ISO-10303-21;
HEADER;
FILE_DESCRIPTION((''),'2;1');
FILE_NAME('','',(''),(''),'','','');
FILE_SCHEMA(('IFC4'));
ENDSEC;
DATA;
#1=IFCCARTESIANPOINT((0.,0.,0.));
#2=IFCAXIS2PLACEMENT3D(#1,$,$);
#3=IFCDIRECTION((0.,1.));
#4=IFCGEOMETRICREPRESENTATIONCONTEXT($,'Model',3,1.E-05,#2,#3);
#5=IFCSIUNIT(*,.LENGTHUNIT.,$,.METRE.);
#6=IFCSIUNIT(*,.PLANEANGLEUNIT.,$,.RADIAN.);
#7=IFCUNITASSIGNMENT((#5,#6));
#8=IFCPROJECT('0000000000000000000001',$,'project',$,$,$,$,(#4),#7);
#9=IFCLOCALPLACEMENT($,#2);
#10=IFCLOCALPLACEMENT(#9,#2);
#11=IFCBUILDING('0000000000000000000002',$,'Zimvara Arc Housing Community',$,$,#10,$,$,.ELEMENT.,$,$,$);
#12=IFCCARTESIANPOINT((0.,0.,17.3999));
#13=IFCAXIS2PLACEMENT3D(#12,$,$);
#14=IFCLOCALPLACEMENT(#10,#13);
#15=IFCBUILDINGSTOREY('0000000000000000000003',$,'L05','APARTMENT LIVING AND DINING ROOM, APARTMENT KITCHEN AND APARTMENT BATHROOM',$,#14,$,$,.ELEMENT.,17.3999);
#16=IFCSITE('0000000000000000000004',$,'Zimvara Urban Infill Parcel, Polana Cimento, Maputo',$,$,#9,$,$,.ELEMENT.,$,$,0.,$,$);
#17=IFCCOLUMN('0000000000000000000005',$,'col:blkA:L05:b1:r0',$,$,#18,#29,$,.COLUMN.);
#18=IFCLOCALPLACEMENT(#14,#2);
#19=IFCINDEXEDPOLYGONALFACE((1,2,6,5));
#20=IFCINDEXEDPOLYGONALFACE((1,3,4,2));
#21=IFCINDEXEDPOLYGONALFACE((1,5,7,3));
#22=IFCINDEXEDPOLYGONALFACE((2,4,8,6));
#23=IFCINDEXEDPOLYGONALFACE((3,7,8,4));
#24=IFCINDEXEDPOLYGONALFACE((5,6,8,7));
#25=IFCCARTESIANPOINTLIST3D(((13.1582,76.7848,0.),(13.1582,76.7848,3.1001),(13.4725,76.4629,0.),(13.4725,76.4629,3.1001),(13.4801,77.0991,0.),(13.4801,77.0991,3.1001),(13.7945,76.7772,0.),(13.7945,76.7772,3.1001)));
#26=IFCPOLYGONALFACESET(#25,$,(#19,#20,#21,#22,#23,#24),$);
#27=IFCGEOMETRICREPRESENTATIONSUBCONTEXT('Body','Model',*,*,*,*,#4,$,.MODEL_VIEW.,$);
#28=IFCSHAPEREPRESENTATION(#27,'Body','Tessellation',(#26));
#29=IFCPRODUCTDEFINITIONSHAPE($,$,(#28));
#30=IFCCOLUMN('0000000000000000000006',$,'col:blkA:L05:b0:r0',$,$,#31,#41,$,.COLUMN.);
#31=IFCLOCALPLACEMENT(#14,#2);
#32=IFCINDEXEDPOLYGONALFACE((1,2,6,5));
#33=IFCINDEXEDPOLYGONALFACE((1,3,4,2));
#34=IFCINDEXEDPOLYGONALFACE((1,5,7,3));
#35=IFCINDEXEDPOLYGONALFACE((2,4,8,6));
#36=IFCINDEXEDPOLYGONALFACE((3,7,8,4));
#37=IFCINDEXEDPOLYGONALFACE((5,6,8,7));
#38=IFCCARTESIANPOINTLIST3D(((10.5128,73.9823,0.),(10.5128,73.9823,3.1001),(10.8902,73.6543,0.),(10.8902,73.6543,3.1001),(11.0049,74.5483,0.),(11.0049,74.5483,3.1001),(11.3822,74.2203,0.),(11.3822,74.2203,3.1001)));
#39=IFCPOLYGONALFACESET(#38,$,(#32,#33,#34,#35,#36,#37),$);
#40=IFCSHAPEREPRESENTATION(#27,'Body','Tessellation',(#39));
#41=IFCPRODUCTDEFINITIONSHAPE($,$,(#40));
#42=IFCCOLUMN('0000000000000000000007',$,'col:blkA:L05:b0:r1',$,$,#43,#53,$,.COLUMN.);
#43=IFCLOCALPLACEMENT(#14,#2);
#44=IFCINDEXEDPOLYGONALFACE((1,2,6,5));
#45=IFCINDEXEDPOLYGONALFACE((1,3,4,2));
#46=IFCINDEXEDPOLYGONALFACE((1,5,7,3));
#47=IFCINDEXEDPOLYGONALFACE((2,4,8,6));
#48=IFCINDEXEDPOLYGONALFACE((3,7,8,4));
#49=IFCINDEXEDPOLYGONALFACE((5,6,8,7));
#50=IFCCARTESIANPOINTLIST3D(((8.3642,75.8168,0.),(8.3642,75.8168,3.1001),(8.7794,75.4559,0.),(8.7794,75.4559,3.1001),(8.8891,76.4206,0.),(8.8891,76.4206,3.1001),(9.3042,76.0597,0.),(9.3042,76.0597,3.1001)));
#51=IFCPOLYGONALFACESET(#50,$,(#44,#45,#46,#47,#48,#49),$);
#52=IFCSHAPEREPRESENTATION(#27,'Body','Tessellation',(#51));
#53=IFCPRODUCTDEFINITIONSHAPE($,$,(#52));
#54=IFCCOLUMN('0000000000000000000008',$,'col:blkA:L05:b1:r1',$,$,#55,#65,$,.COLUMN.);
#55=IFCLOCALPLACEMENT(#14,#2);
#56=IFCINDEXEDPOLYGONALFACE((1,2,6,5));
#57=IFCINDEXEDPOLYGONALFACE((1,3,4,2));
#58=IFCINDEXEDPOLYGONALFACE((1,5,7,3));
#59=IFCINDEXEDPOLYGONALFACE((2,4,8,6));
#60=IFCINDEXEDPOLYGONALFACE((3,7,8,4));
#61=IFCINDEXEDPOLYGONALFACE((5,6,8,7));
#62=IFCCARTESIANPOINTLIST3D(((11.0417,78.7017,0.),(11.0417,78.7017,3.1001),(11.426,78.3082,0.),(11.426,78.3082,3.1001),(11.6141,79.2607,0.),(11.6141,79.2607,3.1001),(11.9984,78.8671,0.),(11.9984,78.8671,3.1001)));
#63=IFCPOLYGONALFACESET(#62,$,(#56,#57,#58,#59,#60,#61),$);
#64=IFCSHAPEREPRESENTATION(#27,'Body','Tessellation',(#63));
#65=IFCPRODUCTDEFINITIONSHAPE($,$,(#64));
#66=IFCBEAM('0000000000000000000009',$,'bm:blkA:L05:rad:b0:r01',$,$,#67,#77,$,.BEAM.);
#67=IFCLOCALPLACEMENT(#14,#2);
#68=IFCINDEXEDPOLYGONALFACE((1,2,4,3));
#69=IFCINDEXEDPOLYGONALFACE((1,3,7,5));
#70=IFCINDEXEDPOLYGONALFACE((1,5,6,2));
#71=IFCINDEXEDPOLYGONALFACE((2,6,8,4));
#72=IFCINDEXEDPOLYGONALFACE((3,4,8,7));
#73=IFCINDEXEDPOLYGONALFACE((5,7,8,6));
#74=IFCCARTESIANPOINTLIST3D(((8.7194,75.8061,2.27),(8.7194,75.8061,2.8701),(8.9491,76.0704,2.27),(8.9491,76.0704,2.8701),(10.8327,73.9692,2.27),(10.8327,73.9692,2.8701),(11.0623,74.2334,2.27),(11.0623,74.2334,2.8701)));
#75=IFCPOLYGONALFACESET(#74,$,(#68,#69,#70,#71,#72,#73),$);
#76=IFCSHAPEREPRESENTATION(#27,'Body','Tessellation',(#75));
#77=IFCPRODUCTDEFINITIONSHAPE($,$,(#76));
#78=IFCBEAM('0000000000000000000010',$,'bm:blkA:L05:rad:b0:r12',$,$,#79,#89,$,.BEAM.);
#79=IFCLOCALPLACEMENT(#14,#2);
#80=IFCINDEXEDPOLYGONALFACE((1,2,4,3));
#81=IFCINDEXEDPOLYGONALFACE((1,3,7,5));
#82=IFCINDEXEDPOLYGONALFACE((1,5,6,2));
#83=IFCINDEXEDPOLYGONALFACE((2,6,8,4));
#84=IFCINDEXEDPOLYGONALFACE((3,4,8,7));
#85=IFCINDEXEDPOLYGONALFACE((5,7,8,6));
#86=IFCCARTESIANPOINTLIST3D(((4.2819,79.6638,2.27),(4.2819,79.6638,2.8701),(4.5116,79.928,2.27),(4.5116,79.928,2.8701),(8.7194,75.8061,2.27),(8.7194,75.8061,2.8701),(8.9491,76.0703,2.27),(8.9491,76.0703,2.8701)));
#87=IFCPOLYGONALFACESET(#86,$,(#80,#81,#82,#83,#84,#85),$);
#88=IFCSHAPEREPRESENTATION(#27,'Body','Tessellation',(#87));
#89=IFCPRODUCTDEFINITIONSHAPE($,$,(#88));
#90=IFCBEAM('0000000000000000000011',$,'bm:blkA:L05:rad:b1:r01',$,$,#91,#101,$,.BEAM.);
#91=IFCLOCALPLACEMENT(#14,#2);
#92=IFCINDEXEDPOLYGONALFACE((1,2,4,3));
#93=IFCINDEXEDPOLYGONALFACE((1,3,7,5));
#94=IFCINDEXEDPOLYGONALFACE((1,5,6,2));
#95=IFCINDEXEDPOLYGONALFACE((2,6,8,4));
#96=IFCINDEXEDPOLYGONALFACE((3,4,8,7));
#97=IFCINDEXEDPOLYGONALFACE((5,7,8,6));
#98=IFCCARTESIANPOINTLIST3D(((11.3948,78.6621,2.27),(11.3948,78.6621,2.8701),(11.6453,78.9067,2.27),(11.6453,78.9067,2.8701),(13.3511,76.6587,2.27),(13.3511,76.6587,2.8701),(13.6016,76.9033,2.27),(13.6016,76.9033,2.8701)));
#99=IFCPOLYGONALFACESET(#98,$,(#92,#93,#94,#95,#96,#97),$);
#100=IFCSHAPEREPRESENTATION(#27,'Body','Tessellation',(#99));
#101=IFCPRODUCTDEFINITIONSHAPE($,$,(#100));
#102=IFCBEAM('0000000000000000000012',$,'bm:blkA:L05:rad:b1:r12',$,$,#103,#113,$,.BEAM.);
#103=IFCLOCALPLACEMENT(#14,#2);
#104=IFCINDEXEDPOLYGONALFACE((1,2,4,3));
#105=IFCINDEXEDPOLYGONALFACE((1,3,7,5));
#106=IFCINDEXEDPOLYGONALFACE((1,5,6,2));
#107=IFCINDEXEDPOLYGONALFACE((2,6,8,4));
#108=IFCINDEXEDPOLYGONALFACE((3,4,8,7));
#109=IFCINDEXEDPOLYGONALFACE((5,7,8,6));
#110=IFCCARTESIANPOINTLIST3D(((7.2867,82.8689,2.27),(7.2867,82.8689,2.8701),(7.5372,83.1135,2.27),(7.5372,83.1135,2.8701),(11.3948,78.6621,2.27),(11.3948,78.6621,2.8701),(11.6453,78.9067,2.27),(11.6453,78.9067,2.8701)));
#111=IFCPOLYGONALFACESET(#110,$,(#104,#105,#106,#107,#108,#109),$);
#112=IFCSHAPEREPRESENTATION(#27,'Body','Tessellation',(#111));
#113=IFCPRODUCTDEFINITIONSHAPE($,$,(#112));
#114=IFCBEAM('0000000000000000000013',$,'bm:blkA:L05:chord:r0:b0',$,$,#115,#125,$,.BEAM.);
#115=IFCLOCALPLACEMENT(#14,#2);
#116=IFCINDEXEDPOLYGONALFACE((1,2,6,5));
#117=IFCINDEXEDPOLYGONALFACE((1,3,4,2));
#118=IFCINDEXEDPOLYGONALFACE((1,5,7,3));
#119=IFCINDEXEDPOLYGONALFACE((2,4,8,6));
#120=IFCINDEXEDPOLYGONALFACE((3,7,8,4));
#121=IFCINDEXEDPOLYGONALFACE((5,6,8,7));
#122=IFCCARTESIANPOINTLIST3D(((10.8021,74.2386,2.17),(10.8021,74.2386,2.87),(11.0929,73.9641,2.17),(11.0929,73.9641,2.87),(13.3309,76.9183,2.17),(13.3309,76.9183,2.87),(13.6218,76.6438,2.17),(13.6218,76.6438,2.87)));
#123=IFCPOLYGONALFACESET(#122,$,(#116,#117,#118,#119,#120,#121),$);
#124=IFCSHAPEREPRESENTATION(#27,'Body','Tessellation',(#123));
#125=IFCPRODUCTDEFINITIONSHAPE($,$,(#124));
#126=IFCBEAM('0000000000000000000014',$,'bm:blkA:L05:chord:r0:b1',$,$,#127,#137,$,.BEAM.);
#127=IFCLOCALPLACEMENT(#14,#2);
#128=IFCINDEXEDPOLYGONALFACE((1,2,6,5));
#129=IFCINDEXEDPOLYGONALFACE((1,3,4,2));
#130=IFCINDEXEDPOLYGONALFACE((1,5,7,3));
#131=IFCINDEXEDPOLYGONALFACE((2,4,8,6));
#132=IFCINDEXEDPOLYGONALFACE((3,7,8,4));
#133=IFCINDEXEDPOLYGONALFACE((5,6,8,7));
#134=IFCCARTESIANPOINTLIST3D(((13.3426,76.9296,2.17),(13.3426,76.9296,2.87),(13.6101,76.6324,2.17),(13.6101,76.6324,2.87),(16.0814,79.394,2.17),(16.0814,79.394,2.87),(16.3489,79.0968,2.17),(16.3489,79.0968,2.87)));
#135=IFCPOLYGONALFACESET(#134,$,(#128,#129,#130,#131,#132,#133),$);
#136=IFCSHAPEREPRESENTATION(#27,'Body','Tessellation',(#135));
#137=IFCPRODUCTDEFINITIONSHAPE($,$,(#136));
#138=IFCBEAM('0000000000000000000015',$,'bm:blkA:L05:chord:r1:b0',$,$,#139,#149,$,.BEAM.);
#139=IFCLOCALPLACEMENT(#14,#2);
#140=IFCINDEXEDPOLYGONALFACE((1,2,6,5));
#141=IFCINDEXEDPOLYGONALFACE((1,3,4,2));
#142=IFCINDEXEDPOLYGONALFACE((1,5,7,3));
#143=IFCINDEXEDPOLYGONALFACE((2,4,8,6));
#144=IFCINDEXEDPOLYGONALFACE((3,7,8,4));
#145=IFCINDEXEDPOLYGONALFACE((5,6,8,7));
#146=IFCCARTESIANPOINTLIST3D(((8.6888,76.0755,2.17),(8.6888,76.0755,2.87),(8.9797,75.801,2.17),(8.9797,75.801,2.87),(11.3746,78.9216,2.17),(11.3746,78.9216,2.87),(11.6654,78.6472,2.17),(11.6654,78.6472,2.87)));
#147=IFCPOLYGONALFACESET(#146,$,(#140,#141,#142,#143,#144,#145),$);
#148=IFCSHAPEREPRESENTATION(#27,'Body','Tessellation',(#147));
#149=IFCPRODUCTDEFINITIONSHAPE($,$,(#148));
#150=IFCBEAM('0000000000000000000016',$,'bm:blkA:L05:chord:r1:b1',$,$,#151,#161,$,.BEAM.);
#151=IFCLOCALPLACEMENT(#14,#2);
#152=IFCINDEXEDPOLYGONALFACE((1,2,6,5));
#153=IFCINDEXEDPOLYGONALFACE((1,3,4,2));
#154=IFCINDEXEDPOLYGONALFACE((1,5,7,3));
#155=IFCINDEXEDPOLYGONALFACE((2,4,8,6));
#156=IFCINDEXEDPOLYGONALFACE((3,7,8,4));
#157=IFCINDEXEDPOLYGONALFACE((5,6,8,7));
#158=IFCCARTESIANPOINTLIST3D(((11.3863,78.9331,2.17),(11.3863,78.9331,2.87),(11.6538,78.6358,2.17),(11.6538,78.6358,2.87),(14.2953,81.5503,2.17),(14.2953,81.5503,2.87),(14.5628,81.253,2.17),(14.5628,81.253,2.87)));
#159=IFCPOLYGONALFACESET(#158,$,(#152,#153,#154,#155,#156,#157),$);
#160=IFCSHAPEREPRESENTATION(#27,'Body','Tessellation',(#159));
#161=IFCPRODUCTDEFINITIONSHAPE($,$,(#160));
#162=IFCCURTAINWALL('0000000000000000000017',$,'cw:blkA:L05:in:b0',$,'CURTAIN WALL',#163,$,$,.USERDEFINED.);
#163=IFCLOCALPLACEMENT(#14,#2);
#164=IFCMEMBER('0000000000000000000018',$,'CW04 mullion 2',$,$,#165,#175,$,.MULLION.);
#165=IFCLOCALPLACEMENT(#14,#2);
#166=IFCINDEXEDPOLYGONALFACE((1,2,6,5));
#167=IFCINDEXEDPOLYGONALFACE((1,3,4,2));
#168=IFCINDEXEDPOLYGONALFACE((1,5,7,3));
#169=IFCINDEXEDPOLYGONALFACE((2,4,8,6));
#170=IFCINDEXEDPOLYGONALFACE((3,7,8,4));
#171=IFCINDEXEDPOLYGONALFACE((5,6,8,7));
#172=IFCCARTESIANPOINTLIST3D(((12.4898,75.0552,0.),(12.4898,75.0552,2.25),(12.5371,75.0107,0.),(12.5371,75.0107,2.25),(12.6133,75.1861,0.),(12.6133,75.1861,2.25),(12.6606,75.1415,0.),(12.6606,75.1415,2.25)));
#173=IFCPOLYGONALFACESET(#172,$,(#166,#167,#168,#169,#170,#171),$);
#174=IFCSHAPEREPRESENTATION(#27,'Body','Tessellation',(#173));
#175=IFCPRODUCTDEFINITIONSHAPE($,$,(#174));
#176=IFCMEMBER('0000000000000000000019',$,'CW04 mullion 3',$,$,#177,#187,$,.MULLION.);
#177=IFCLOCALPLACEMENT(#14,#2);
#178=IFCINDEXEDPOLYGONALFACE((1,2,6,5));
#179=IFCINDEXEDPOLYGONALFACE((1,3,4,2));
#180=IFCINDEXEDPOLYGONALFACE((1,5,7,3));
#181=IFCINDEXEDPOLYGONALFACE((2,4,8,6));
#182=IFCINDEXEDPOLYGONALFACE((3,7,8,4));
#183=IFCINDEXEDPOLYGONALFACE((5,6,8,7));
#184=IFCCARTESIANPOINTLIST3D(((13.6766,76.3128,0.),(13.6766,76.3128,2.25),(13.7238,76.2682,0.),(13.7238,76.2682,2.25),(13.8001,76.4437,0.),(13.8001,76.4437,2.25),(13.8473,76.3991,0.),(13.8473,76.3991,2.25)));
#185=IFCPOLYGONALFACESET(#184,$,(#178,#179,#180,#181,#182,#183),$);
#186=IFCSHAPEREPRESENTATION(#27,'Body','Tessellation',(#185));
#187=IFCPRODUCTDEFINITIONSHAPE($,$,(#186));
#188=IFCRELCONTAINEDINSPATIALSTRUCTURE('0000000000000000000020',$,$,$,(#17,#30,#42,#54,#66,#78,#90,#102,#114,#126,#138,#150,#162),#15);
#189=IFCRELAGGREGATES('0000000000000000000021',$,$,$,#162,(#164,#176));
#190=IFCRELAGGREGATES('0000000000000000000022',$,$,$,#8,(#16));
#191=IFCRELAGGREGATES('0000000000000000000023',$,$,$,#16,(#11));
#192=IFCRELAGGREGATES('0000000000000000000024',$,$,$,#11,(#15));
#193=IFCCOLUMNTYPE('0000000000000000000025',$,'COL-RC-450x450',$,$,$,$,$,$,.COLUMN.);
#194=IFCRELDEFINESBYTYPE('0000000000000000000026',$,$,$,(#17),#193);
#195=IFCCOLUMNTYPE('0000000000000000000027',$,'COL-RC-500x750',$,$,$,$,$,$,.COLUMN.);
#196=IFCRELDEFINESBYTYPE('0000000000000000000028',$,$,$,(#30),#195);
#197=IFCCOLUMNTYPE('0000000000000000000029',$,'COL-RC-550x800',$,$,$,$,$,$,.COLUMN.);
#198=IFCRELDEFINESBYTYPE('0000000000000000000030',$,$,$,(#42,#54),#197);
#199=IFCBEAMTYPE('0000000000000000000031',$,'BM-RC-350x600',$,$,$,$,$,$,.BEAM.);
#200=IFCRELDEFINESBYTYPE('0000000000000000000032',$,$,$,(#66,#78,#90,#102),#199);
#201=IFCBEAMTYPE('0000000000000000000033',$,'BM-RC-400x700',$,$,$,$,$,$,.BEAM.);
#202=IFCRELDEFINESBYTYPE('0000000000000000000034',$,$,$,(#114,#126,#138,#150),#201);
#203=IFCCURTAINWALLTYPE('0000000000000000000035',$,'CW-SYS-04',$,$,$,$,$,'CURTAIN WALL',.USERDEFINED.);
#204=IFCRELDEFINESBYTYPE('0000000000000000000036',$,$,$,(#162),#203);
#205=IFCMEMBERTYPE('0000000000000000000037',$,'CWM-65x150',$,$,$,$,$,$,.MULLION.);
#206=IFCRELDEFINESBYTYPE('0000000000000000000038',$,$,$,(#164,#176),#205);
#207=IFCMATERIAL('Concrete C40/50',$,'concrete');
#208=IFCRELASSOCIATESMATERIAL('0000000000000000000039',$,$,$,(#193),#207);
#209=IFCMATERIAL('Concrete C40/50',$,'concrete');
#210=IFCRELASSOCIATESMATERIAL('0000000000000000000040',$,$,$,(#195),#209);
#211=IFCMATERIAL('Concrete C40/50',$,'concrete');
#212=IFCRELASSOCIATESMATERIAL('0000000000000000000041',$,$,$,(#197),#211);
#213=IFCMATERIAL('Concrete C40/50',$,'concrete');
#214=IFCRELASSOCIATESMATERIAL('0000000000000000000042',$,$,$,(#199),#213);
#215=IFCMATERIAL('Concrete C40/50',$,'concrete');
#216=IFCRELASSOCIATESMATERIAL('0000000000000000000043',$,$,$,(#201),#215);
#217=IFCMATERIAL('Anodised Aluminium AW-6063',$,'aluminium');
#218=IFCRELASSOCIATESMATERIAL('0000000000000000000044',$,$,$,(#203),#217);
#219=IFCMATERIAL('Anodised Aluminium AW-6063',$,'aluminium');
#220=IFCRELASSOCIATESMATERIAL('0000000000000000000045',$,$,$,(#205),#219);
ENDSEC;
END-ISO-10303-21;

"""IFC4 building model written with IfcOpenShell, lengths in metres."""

from ifc_helpers import new_model, si_unit, direction, frame, origin, origin_2d, place, context, subcontext, project, spatial, rectangle, extrude, material, material_profile, profile_set, type_object, element, aggregate, save


model = new_model("IFC4")

# Units and contexts
model_context = context("Model", 3, precision=1e-05, world=origin(), true_north=direction((0.0, 1.0)))
body_context = subcontext(model_context, "Body", "Model", "MODEL_VIEW")
ifc_project = project(units=[si_unit("LENGTHUNIT", "METRE"), si_unit("PLANEANGLEUNIT", "RADIAN")], contexts=[model_context])

# Site, building, storey
site_placement = place(None, origin())
site = spatial("IfcSite", under=ifc_project, at=site_placement, Name="Zimvara Urban Infill Parcel, Polana Cimento, Maputo", CompositionType="ELEMENT", RefElevation=0.0)
building_placement = place(site_placement, origin())
building = spatial("IfcBuilding", under=site, at=building_placement, Name="Zimvara Arc Housing Community", CompositionType="ELEMENT")
storey_placement = place(building_placement, frame((0.0, 0.0, 17.3999)))
storey = spatial("IfcBuildingStorey", under=building, at=storey_placement, Name="L05", Description="APARTMENT LIVING AND DINING ROOM, APARTMENT KITCHEN AND APARTMENT BATHROOM", CompositionType="ELEMENT", Elevation=17.3999)

# Columns
ifc_material_1 = material(Name="Concrete C40/50", Category="concrete")
ifc_material_profile_1 = material_profile(ifc_material_1, rectangle(XDim=0.45, YDim=0.45, at=origin_2d()), Name="RC 450x450")
ifc_profile_set_1 = profile_set([ifc_material_profile_1], Name="Concrete C40/50")
column_type_1 = type_object("IfcColumnType", Name="COL-RC-450x450", PredefinedType="COLUMN", material=ifc_profile_set_1)
column_1_placement = place(storey_placement, frame((13.4763, 76.781, 0.0), z_axis=(0.0, 0.0, 1.0), x_axis=(-0.698665, 0.715449, 0.0)))
element("IfcColumn", 1, at=column_1_placement, inside=storey, type_object=column_type_1, Name="col:blkA:L05:b1:r0", PredefinedType="COLUMN", context=body_context, shape_type="SweptSolid", body=[
    extrude(rectangle(XDim=0.45, YDim=0.45, at=origin_2d()), origin(), (0.0, 0.0, 1.0), 3.1001),
])
ifc_material_2 = material(Name="Concrete C40/50", Category="concrete")
ifc_material_profile_2 = material_profile(ifc_material_2, rectangle(XDim=0.5, YDim=0.75, at=origin_2d()), Name="RC 500x750")
ifc_profile_set_2 = profile_set([ifc_material_profile_2], Name="Concrete C40/50")
column_type_2 = type_object("IfcColumnType", Name="COL-RC-500x750", PredefinedType="COLUMN", material=ifc_profile_set_2)
column_2_placement = place(storey_placement, frame((10.9475, 74.1013, 0.0), z_axis=(0.0, 0.0, 1.0), x_axis=(-0.75471, 0.656059, 0.0)))
element("IfcColumn", 2, at=column_2_placement, inside=storey, type_object=column_type_2, Name="col:blkA:L05:b0:r0", PredefinedType="COLUMN", context=body_context, shape_type="SweptSolid", body=[
    extrude(rectangle(XDim=0.5, YDim=0.75, at=origin_2d()), origin(), (0.0, 0.0, 1.0), 3.1001),
])
ifc_material_3 = material(Name="Concrete C40/50", Category="concrete")
ifc_material_profile_3 = material_profile(ifc_material_3, rectangle(XDim=0.55, YDim=0.8, at=origin_2d()), Name="RC 550x800")
ifc_profile_set_3 = profile_set([ifc_material_profile_3], Name="Concrete C40/50")
column_type_3 = type_object("IfcColumnType", Name="COL-RC-550x800", PredefinedType="COLUMN", material=ifc_profile_set_3)
for number, where, z_axis, x_axis, name in (
    (3, (8.8342, 75.9382, 0.0), (0.0, 0.0, 1.0), (-0.75471, 0.656059, 0.0), "col:blkA:L05:b0:r1"),
    (4, (11.52, 78.7844, 0.0), (0.0, 0.0, 1.0), (-0.698665, 0.715449, 0.0), "col:blkA:L05:b1:r1"),
):
    element("IfcColumn", number, at=place(storey_placement, frame(where, z_axis=z_axis, x_axis=x_axis)), inside=storey, type_object=column_type_3, Name=name, PredefinedType="COLUMN", context=body_context, shape_type="SweptSolid", body=[
        extrude(rectangle(XDim=0.55, YDim=0.8, at=origin_2d()), origin(), (0.0, 0.0, 1.0), 3.1001),
    ])

# Beams
ifc_material_4 = material(Name="Concrete C40/50", Category="concrete")
ifc_material_profile_4 = material_profile(ifc_material_4, rectangle(XDim=0.3501, YDim=0.6001, at=origin_2d()), Name="RC 350x600")
ifc_profile_set_4 = profile_set([ifc_material_profile_4], Name="Concrete C40/50")
beam_type_1 = type_object("IfcBeamType", Name="BM-RC-350x600", PredefinedType="BEAM", material=ifc_profile_set_4)
beam_1_placement = place(storey_placement, frame((10.9475, 74.1013, 2.5701), z_axis=(-0.754733, 0.656032, 0.0), x_axis=(-0.656032, -0.754733, 0.0)))
element("IfcBeam", 5, at=beam_1_placement, inside=storey, type_object=beam_type_1, Name="bm:blkA:L05:rad:b0:r01", PredefinedType="BEAM", context=body_context, shape_type="SweptSolid", body=[
    extrude(rectangle(XDim=0.3501, YDim=0.6001, at=origin_2d()), origin(), (0.0, 0.0, 1.0), 2.8),
])
beam_2_placement = place(storey_placement, frame((8.8342, 75.9382, 2.5701), z_axis=(-0.754692, 0.656079, 0.0), x_axis=(-0.656079, -0.754692, 0.0)))
element("IfcBeam", 6, at=beam_2_placement, inside=storey, type_object=beam_type_1, Name="bm:blkA:L05:rad:b0:r12", PredefinedType="BEAM", context=body_context, shape_type="SweptSolid", body=[
    extrude(rectangle(XDim=0.3501, YDim=0.6001, at=origin_2d()), origin(), (0.0, 0.0, 1.0), 5.8799),
])
beam_3_placement = place(storey_placement, frame((13.4763, 76.781, 2.5701), z_axis=(-0.698643, 0.71547, 0.0), x_axis=(-0.71547, -0.698643, 0.0)))
element("IfcBeam", 7, at=beam_3_placement, inside=storey, type_object=beam_type_1, Name="bm:blkA:L05:rad:b1:r01", PredefinedType="BEAM", context=body_context, shape_type="SweptSolid", body=[
    extrude(rectangle(XDim=0.3501, YDim=0.6001, at=origin_2d()), origin(), (0.0, 0.0, 1.0), 2.8),
])
beam_4_placement = place(storey_placement, frame((11.52, 78.7844, 2.5701), z_axis=(-0.69867, 0.715444, 0.0), x_axis=(-0.715444, -0.69867, 0.0)))
element("IfcBeam", 8, at=beam_4_placement, inside=storey, type_object=beam_type_1, Name="bm:blkA:L05:rad:b1:r12", PredefinedType="BEAM", context=body_context, shape_type="SweptSolid", body=[
    extrude(rectangle(XDim=0.3501, YDim=0.6001, at=origin_2d()), origin(), (0.0, 0.0, 1.0), 5.8799),
])
ifc_material_5 = material(Name="Concrete C40/50", Category="concrete")
ifc_material_profile_5 = material_profile(ifc_material_5, rectangle(XDim=0.3999, YDim=0.7, at=origin_2d()), Name="RC 400x700")
ifc_profile_set_5 = profile_set([ifc_material_profile_5], Name="Concrete C40/50")
beam_type_2 = type_object("IfcBeamType", Name="BM-RC-400x700", PredefinedType="BEAM", material=ifc_profile_set_5)
beam_5_placement = place(storey_placement, frame((10.9475, 74.1013, 2.52), z_axis=(0.686336, 0.727285, 0.0), x_axis=(-0.727285, 0.686336, 0.0)))
element("IfcBeam", 9, at=beam_5_placement, inside=storey, type_object=beam_type_2, Name="bm:blkA:L05:chord:r0:b0", PredefinedType="BEAM", context=body_context, shape_type="SweptSolid", body=[
    extrude(rectangle(XDim=0.3999, YDim=0.7, at=origin_2d()), origin(), (0.0, 0.0, 1.0), 3.6846),
])
beam_6_placement = place(storey_placement, frame((13.4763, 76.781, 2.52), z_axis=(0.743367, 0.668884, 0.0), x_axis=(-0.668884, 0.743367, 0.0)))
element("IfcBeam", 10, at=beam_6_placement, inside=storey, type_object=beam_type_2, Name="bm:blkA:L05:chord:r0:b1", PredefinedType="BEAM", context=body_context, shape_type="SweptSolid", body=[
    extrude(rectangle(XDim=0.3999, YDim=0.7, at=origin_2d()), origin(), (0.0, 0.0, 1.0), 3.6843),
])
beam_7_placement = place(storey_placement, frame((8.8342, 75.9382, 2.52), z_axis=(0.686316, 0.727304, 0.0), x_axis=(-0.727304, 0.686316, 0.0)))
element("IfcBeam", 11, at=beam_7_placement, inside=storey, type_object=beam_type_2, Name="bm:blkA:L05:chord:r1:b0", PredefinedType="BEAM", context=body_context, shape_type="SweptSolid", body=[
    extrude(rectangle(XDim=0.3999, YDim=0.7, at=origin_2d()), origin(), (0.0, 0.0, 1.0), 3.9133),
])
beam_8_placement = place(storey_placement, frame((11.52, 78.7844, 2.52), z_axis=(0.743403, 0.668844, 0.0), x_axis=(-0.668844, 0.743403, 0.0)))
element("IfcBeam", 12, at=beam_8_placement, inside=storey, type_object=beam_type_2, Name="bm:blkA:L05:chord:r1:b1", PredefinedType="BEAM", context=body_context, shape_type="SweptSolid", body=[
    extrude(rectangle(XDim=0.3999, YDim=0.7, at=origin_2d()), origin(), (0.0, 0.0, 1.0), 3.9131),
])

# Curtain wall, members
ifc_material_6 = material(Name="Anodised Aluminium AW-6063", Category="aluminium")
curtain_wall_type = type_object("IfcCurtainWallType", Name="CW-SYS-04", ElementType="CURTAIN WALL", PredefinedType="USERDEFINED", material=ifc_material_6)
curtain_wall_placement = place(storey_placement, origin())
curtain_wall = element("IfcCurtainWall", 13, at=curtain_wall_placement, inside=storey, type_object=curtain_wall_type, Name="cw:blkA:L05:in:b0", ObjectType="CURTAIN WALL", PredefinedType="USERDEFINED")
ifc_material_7 = material(Name="Anodised Aluminium AW-6063", Category="aluminium")
ifc_material_profile_6 = material_profile(ifc_material_7, rectangle(XDim=0.0649, YDim=0.1799, at=origin_2d()), Name="ALU 65x180")
ifc_profile_set_6 = profile_set([ifc_material_profile_6], Name="Anodised Aluminium AW-6063")
member_type_1 = type_object("IfcMemberType", Name="CWM-65x150", PredefinedType="MULLION", material=ifc_profile_set_6)
member_1_placement = place(storey_placement, frame((12.5752, 75.0984, 0.0), z_axis=(0.0, 0.0, 1.0), x_axis=(-0.727293, 0.686327, 0.0)))
member_1 = element("IfcMember", 14, at=member_1_placement, type_object=member_type_1, Name="CW04 mullion 2", PredefinedType="MULLION", context=body_context, shape_type="SweptSolid", body=[
    extrude(rectangle(XDim=0.0649, YDim=0.1799, at=origin_2d()), origin(), (0.0, 0.0, 1.0), 2.25),
])
member_2_placement = place(storey_placement, frame((13.762, 76.356, 0.0), z_axis=(0.0, 0.0, 1.0), x_axis=(-0.727293, 0.686327, 0.0)))
member_2 = element("IfcMember", 15, at=member_2_placement, type_object=member_type_1, Name="CW04 mullion 3", PredefinedType="MULLION", context=body_context, shape_type="SweptSolid", body=[
    extrude(rectangle(XDim=0.0649, YDim=0.1799, at=origin_2d()), origin(), (0.0, 0.0, 1.0), 2.25),
])
aggregate(curtain_wall, [member_1, member_2])

save(model, "model.ifc")
